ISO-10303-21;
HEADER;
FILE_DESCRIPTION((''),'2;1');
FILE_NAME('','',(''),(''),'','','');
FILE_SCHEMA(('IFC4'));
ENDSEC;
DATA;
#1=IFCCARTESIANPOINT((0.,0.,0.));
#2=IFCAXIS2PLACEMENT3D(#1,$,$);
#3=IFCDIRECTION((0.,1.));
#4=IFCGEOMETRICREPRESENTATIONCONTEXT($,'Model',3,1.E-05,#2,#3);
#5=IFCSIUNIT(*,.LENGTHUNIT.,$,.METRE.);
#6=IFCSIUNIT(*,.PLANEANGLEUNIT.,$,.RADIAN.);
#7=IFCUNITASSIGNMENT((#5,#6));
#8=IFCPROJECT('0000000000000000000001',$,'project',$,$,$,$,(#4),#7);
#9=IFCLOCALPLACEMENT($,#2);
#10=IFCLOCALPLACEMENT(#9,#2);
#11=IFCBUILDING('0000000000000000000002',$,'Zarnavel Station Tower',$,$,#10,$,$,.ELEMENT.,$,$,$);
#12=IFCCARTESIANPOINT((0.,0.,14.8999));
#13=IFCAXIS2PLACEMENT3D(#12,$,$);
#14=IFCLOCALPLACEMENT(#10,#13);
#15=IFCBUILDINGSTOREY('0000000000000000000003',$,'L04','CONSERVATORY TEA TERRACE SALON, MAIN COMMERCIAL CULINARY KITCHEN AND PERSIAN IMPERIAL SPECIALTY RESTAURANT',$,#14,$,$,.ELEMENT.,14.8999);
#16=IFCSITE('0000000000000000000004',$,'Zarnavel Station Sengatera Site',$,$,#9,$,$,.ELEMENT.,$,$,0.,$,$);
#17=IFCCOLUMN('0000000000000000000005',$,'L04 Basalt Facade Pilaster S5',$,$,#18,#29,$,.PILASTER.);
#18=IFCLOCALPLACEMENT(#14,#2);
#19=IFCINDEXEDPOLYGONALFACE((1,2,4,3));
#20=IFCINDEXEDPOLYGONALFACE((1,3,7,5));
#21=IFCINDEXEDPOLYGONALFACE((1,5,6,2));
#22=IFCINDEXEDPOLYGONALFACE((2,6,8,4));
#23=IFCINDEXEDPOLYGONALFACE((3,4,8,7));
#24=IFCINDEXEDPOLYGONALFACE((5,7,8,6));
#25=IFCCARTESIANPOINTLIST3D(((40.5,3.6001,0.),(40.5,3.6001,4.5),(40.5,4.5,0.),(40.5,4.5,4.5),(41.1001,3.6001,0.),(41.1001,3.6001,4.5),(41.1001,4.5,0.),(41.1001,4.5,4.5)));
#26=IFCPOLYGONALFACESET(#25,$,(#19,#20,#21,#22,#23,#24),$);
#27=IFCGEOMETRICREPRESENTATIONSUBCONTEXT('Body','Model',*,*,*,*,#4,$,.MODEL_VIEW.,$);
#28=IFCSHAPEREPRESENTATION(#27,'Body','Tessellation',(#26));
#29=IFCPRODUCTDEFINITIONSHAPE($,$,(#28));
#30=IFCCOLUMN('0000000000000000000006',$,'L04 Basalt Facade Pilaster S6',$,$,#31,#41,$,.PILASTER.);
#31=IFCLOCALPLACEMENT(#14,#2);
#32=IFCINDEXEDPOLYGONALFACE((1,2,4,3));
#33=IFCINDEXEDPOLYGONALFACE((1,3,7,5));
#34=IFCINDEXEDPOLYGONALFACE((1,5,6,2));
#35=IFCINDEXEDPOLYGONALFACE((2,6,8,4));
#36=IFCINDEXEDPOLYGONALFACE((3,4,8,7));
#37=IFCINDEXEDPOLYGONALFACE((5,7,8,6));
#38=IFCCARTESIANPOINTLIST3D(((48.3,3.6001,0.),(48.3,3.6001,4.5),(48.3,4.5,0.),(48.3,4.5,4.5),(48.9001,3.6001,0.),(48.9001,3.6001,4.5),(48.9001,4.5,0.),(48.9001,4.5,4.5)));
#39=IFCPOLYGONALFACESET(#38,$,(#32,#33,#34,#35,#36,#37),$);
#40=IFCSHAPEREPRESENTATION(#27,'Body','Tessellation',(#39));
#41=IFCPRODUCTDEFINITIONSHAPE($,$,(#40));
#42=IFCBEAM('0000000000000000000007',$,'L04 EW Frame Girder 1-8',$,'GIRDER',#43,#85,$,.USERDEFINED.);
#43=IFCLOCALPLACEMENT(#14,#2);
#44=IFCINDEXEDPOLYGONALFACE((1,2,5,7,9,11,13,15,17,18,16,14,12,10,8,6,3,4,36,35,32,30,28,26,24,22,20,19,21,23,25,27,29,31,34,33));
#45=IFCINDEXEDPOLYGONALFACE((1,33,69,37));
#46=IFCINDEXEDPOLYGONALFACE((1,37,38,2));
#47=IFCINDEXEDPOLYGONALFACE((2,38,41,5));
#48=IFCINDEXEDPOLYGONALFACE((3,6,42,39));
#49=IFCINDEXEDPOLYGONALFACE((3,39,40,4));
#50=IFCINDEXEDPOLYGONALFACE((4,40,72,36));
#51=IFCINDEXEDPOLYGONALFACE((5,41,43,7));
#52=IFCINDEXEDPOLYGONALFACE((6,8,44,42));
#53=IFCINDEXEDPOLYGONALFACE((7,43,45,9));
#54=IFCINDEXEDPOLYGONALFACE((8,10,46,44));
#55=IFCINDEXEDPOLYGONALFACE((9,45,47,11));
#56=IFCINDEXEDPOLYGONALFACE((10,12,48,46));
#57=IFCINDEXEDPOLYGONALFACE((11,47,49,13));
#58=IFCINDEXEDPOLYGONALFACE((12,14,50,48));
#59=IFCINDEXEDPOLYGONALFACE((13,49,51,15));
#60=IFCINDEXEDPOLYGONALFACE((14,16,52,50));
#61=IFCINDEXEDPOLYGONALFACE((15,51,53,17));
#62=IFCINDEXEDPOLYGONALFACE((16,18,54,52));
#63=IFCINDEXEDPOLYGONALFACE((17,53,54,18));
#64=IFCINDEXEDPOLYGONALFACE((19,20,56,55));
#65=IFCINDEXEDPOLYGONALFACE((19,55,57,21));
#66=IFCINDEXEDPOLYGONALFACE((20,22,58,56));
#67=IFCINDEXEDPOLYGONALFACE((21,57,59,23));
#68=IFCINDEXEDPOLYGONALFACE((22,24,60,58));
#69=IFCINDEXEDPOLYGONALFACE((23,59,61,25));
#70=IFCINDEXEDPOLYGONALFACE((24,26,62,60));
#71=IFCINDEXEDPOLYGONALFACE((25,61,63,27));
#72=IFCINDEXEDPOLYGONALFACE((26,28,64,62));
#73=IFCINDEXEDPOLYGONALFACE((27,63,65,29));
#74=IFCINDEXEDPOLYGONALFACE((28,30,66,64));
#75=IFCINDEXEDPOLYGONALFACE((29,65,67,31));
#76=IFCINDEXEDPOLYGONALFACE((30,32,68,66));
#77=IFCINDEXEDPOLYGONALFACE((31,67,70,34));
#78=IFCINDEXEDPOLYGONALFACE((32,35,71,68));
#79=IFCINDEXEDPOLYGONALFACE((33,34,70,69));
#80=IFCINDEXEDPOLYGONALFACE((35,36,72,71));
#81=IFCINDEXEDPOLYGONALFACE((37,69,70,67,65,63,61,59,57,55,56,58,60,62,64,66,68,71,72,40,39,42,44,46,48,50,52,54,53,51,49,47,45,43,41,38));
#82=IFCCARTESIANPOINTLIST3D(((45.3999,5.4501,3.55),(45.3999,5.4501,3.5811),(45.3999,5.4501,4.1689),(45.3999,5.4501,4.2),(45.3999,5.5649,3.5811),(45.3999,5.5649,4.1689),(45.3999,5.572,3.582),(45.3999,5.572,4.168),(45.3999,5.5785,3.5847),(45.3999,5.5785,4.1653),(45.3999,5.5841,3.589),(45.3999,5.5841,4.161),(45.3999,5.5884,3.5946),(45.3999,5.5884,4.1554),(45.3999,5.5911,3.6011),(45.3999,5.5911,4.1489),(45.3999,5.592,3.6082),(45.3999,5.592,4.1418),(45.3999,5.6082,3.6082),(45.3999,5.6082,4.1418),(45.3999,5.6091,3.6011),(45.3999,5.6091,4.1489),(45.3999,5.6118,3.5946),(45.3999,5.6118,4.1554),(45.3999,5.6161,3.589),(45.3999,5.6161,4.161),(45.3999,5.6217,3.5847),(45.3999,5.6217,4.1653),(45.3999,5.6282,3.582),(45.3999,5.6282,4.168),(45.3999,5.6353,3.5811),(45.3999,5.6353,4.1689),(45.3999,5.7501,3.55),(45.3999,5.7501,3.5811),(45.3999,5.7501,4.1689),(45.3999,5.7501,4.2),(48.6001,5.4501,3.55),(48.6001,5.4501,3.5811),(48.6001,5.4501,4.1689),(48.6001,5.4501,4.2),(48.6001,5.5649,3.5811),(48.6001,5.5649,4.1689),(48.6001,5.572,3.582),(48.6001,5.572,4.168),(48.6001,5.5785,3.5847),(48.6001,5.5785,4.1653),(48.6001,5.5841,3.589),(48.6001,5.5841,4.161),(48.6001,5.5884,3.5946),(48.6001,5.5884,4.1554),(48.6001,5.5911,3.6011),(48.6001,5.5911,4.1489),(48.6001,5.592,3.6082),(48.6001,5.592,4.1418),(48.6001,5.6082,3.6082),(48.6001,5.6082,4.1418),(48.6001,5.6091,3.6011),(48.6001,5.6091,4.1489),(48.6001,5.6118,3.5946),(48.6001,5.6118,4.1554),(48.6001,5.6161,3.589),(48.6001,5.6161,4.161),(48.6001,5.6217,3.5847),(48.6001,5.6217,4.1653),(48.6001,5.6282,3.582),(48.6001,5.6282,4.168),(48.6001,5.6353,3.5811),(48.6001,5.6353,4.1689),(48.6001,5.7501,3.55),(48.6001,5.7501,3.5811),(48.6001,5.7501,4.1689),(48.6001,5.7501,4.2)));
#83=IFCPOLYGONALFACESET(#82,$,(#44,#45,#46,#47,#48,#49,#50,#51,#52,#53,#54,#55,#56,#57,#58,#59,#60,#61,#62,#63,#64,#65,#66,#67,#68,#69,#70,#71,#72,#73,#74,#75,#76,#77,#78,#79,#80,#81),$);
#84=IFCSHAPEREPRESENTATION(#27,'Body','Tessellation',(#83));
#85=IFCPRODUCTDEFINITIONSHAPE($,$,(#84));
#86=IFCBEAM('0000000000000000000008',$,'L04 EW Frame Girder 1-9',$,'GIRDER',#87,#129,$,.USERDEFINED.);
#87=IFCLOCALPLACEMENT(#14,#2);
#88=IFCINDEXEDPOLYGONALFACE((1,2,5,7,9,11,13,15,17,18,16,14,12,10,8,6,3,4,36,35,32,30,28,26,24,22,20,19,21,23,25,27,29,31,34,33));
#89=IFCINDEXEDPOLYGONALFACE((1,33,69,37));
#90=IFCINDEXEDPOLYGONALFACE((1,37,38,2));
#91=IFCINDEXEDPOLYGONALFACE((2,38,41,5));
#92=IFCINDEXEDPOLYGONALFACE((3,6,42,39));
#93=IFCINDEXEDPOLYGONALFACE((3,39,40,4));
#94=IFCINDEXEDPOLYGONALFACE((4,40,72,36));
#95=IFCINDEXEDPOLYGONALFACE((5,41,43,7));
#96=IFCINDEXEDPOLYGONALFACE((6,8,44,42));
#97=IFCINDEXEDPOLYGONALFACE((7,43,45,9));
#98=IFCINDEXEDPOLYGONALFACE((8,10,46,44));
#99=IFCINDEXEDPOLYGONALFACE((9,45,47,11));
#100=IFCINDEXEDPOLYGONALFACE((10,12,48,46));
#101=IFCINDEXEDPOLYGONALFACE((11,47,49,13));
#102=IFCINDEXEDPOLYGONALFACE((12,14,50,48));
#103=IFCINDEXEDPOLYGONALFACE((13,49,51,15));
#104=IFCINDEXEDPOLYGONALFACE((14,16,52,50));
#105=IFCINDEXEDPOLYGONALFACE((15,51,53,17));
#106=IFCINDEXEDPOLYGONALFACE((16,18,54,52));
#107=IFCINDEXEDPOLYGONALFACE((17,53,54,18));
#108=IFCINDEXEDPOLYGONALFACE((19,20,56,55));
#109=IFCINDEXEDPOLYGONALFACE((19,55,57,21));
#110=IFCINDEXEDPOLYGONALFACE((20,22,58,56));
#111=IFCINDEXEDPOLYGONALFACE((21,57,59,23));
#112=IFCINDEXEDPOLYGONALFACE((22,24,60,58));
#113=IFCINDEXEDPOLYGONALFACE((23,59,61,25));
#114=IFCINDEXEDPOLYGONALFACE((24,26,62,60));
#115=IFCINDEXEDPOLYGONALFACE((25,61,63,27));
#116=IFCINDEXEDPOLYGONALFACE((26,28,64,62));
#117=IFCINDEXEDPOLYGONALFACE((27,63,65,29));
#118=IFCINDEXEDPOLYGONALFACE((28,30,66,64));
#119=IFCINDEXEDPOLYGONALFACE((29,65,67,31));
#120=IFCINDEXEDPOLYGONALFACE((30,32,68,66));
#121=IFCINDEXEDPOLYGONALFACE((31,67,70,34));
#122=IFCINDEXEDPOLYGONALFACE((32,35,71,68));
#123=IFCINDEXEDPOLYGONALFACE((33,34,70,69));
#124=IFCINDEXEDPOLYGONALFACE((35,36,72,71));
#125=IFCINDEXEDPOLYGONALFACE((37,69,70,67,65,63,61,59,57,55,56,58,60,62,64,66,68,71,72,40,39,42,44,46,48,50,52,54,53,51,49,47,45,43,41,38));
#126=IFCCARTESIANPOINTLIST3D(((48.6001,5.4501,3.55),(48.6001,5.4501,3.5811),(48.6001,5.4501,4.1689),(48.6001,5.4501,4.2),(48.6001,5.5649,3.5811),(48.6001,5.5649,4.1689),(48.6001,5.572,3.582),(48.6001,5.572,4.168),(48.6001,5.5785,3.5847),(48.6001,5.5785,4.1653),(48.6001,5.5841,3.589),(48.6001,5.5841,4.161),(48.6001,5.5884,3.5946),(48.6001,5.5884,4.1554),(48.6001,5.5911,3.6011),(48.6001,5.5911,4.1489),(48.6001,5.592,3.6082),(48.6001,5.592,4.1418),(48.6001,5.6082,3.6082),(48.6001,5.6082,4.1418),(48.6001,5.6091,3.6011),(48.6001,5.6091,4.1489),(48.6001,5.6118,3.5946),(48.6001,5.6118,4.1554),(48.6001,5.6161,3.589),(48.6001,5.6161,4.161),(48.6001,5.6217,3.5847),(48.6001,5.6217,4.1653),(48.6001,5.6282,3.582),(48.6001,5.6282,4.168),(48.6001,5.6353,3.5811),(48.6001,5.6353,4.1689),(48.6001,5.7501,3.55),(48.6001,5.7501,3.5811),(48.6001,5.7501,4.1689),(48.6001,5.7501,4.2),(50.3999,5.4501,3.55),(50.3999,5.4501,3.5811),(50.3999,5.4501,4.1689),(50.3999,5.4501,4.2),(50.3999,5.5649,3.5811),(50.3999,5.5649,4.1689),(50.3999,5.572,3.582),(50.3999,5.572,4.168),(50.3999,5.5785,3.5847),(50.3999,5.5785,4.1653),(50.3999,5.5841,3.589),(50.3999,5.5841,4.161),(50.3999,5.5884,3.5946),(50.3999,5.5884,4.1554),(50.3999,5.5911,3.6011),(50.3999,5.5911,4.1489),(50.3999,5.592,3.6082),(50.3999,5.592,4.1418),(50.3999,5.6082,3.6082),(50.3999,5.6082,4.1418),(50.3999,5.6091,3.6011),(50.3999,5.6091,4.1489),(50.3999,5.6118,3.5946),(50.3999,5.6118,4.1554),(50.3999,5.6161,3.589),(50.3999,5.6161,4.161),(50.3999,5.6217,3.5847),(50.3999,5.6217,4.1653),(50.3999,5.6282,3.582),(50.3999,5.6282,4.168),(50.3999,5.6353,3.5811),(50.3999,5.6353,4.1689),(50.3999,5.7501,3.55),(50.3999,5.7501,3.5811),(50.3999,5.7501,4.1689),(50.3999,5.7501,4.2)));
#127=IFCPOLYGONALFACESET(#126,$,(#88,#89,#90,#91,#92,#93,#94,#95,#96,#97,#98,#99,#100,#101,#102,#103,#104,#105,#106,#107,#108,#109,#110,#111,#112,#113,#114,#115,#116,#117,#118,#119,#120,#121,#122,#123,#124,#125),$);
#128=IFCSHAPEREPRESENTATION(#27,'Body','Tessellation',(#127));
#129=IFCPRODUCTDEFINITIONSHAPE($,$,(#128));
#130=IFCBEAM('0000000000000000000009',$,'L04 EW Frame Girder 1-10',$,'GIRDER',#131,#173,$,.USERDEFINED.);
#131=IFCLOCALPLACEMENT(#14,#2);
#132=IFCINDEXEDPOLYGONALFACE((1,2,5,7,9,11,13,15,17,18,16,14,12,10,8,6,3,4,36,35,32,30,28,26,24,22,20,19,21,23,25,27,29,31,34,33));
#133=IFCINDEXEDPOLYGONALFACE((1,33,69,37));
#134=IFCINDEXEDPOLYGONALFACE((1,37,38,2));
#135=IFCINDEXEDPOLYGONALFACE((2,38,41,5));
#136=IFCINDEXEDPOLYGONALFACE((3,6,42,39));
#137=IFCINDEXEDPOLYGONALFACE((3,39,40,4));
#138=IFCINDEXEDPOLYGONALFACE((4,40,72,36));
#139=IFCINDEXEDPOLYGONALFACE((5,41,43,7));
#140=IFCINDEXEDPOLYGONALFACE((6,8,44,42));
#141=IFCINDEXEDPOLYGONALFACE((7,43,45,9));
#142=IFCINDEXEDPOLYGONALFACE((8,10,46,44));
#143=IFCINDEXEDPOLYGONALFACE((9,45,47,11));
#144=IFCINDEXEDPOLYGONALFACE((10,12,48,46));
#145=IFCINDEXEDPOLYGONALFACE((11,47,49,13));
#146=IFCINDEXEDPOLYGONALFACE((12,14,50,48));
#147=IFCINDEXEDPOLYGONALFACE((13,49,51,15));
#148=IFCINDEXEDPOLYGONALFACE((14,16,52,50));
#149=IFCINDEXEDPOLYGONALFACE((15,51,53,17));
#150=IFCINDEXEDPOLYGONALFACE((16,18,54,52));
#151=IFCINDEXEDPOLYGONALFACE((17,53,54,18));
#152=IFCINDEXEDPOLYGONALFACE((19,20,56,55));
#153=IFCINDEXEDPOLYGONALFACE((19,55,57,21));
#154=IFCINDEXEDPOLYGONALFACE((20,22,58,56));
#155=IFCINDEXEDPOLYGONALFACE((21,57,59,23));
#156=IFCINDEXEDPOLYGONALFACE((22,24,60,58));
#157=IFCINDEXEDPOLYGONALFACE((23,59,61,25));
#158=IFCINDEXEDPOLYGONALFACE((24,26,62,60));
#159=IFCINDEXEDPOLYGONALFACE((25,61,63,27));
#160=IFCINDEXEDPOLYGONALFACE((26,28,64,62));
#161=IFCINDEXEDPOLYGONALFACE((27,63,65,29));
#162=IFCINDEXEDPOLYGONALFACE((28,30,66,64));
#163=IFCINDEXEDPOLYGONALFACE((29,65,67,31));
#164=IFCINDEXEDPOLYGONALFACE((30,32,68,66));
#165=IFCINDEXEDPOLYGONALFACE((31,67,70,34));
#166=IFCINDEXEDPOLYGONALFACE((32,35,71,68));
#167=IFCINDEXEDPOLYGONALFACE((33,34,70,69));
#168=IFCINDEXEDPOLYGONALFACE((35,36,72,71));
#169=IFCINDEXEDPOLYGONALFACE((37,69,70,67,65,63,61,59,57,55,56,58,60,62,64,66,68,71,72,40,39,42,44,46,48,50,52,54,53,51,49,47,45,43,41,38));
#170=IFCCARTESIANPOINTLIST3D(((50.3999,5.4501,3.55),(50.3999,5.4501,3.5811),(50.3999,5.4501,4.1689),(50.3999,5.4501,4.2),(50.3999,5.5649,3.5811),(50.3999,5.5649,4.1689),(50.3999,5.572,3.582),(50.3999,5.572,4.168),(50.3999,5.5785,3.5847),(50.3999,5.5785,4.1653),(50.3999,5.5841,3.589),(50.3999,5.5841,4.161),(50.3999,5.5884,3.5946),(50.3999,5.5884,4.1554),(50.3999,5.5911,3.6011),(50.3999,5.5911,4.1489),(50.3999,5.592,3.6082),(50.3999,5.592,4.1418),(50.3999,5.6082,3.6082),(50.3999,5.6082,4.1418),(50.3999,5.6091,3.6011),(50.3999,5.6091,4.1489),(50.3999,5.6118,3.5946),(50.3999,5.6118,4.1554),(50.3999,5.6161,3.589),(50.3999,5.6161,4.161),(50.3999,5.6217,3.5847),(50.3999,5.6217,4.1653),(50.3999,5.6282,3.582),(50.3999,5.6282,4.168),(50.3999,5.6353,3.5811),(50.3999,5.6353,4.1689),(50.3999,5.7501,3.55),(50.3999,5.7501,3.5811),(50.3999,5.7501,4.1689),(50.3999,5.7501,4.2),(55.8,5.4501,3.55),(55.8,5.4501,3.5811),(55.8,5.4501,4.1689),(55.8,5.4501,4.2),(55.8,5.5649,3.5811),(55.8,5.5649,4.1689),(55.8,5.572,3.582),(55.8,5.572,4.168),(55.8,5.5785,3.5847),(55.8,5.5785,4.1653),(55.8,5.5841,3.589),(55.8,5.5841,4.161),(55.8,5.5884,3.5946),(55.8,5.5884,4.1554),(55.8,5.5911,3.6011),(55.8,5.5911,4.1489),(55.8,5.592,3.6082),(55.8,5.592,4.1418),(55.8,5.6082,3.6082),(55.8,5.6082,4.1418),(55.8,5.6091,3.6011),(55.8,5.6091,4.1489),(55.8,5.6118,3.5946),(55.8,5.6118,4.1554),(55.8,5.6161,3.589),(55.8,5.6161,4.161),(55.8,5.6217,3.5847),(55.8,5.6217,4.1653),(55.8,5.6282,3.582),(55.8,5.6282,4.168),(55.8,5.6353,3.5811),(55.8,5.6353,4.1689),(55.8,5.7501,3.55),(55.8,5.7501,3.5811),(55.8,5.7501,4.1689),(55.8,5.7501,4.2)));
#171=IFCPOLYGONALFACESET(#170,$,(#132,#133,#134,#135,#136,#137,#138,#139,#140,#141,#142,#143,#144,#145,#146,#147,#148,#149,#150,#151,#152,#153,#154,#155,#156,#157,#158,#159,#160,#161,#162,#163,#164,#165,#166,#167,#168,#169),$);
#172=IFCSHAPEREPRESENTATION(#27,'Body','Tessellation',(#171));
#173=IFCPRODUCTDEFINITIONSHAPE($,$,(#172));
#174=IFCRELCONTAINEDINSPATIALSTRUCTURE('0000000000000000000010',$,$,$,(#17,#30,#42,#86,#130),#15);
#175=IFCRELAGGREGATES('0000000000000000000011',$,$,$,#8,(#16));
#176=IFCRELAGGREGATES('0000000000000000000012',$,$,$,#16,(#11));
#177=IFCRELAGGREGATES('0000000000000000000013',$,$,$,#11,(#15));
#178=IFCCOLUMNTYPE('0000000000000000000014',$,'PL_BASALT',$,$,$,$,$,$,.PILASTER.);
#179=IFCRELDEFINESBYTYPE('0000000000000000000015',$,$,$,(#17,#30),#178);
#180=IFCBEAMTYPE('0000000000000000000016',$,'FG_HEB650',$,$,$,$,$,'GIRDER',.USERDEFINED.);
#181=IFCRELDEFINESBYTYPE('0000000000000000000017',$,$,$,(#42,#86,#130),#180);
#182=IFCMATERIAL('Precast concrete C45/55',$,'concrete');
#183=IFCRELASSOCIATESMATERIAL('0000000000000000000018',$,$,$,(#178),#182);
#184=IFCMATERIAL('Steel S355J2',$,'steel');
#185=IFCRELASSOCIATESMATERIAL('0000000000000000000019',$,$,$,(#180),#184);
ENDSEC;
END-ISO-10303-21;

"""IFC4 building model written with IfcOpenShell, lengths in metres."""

from ifc_helpers import new_model, si_unit, direction, frame, origin, origin_2d, place, context, subcontext, project, spatial, rectangle, i_section, extrude, material, material_profile, profile_set, type_object, element, save


model = new_model("IFC4")

# Units and contexts
model_context = context("Model", 3, precision=1e-05, world=origin(), true_north=direction((0.0, 1.0)))
body_context = subcontext(model_context, "Body", "Model", "MODEL_VIEW")
ifc_project = project(units=[si_unit("LENGTHUNIT", "METRE"), si_unit("PLANEANGLEUNIT", "RADIAN")], contexts=[model_context])

# Site, building, storey
site_placement = place(None, origin())
site = spatial("IfcSite", under=ifc_project, at=site_placement, Name="Zarnavel Station Sengatera Site", CompositionType="ELEMENT", RefElevation=0.0)
building_placement = place(site_placement, origin())
building = spatial("IfcBuilding", under=site, at=building_placement, Name="Zarnavel Station Tower", CompositionType="ELEMENT")
storey_placement = place(building_placement, frame((0.0, 0.0, 14.8999)))
storey = spatial("IfcBuildingStorey", under=building, at=storey_placement, Name="L04", Description="CONSERVATORY TEA TERRACE SALON, MAIN COMMERCIAL CULINARY KITCHEN AND PERSIAN IMPERIAL SPECIALTY RESTAURANT", CompositionType="ELEMENT", Elevation=14.8999)

# Columns
ifc_material_1 = material(Name="Precast concrete C45/55", Category="concrete")
ifc_material_profile_1 = material_profile(ifc_material_1, rectangle(XDim=0.6001, YDim=0.8999, at=origin_2d()), Name="RC600x900")
ifc_profile_set_1 = profile_set([ifc_material_profile_1], Name="Precast concrete C45/55")
column_type_1 = type_object("IfcColumnType", Name="PL_BASALT", PredefinedType="PILASTER", material=ifc_profile_set_1)
for number, where, z_axis, x_axis, name in (
    (1, (40.8, 4.05, 0.0), (0.0, 0.0, 1.0), (1.0, 0.0, 0.0), "L04 Basalt Facade Pilaster S5"),
    (2, (48.6001, 4.05, 0.0), (0.0, 0.0, 1.0), (1.0, 0.0, 0.0), "L04 Basalt Facade Pilaster S6"),
):
    element("IfcColumn", number, at=place(storey_placement, frame(where, z_axis=z_axis, x_axis=x_axis)), inside=storey, type_object=column_type_1, Name=name, PredefinedType="PILASTER", context=body_context, shape_type="SweptSolid", body=[
        extrude(rectangle(XDim=0.6001, YDim=0.8999, at=origin_2d()), origin(), (0.0, 0.0, 1.0), 4.5),
    ])

# Beams
ifc_material_2 = material(Name="Steel S355J2", Category="steel")
ifc_material_profile_2 = material_profile(ifc_material_2, i_section(OverallWidth=0.3, OverallDepth=0.6499, WebThickness=0.0161, FlangeThickness=0.031, FilletRadius=0.0271, at=origin_2d()), Name="HEB650")
ifc_profile_set_2 = profile_set([ifc_material_profile_2], Name="Steel S355J2")
beam_type_1 = type_object("IfcBeamType", Name="FG_HEB650", ElementType="GIRDER", PredefinedType="USERDEFINED", material=ifc_profile_set_2)
beam_1_placement = place(storey_placement, frame((45.3999, 5.6001, 3.875), z_axis=(1.0, 0.0, 0.0), x_axis=(0.0, 1.0, 0.0)))
element("IfcBeam", 3, at=beam_1_placement, inside=storey, type_object=beam_type_1, Name="L04 EW Frame Girder 1-8", ObjectType="GIRDER", PredefinedType="USERDEFINED", context=body_context, shape_type="SweptSolid", body=[
    extrude(i_section(OverallWidth=0.3, OverallDepth=0.6499, WebThickness=0.0161, FlangeThickness=0.031, FilletRadius=0.0271, at=origin_2d()), origin(), (0.0, 0.0, 1.0), 3.2002),
])
beam_2_placement = place(storey_placement, frame((48.6001, 5.6001, 3.875), z_axis=(1.0, 0.0, 0.0), x_axis=(0.0, 1.0, 0.0)))
element("IfcBeam", 4, at=beam_2_placement, inside=storey, type_object=beam_type_1, Name="L04 EW Frame Girder 1-9", ObjectType="GIRDER", PredefinedType="USERDEFINED", context=body_context, shape_type="SweptSolid", body=[
    extrude(i_section(OverallWidth=0.3, OverallDepth=0.6499, WebThickness=0.0161, FlangeThickness=0.031, FilletRadius=0.0271, at=origin_2d()), origin(), (0.0, 0.0, 1.0), 1.7998),
])
beam_3_placement = place(storey_placement, frame((50.3999, 5.6001, 3.875), z_axis=(1.0, 0.0, 0.0), x_axis=(0.0, 1.0, 0.0)))
element("IfcBeam", 5, at=beam_3_placement, inside=storey, type_object=beam_type_1, Name="L04 EW Frame Girder 1-10", ObjectType="GIRDER", PredefinedType="USERDEFINED", context=body_context, shape_type="SweptSolid", body=[
    extrude(i_section(OverallWidth=0.3, OverallDepth=0.6499, WebThickness=0.0161, FlangeThickness=0.031, FilletRadius=0.0271, at=origin_2d()), origin(), (0.0, 0.0, 1.0), 5.4001),
])

save(model, "model.ifc")
